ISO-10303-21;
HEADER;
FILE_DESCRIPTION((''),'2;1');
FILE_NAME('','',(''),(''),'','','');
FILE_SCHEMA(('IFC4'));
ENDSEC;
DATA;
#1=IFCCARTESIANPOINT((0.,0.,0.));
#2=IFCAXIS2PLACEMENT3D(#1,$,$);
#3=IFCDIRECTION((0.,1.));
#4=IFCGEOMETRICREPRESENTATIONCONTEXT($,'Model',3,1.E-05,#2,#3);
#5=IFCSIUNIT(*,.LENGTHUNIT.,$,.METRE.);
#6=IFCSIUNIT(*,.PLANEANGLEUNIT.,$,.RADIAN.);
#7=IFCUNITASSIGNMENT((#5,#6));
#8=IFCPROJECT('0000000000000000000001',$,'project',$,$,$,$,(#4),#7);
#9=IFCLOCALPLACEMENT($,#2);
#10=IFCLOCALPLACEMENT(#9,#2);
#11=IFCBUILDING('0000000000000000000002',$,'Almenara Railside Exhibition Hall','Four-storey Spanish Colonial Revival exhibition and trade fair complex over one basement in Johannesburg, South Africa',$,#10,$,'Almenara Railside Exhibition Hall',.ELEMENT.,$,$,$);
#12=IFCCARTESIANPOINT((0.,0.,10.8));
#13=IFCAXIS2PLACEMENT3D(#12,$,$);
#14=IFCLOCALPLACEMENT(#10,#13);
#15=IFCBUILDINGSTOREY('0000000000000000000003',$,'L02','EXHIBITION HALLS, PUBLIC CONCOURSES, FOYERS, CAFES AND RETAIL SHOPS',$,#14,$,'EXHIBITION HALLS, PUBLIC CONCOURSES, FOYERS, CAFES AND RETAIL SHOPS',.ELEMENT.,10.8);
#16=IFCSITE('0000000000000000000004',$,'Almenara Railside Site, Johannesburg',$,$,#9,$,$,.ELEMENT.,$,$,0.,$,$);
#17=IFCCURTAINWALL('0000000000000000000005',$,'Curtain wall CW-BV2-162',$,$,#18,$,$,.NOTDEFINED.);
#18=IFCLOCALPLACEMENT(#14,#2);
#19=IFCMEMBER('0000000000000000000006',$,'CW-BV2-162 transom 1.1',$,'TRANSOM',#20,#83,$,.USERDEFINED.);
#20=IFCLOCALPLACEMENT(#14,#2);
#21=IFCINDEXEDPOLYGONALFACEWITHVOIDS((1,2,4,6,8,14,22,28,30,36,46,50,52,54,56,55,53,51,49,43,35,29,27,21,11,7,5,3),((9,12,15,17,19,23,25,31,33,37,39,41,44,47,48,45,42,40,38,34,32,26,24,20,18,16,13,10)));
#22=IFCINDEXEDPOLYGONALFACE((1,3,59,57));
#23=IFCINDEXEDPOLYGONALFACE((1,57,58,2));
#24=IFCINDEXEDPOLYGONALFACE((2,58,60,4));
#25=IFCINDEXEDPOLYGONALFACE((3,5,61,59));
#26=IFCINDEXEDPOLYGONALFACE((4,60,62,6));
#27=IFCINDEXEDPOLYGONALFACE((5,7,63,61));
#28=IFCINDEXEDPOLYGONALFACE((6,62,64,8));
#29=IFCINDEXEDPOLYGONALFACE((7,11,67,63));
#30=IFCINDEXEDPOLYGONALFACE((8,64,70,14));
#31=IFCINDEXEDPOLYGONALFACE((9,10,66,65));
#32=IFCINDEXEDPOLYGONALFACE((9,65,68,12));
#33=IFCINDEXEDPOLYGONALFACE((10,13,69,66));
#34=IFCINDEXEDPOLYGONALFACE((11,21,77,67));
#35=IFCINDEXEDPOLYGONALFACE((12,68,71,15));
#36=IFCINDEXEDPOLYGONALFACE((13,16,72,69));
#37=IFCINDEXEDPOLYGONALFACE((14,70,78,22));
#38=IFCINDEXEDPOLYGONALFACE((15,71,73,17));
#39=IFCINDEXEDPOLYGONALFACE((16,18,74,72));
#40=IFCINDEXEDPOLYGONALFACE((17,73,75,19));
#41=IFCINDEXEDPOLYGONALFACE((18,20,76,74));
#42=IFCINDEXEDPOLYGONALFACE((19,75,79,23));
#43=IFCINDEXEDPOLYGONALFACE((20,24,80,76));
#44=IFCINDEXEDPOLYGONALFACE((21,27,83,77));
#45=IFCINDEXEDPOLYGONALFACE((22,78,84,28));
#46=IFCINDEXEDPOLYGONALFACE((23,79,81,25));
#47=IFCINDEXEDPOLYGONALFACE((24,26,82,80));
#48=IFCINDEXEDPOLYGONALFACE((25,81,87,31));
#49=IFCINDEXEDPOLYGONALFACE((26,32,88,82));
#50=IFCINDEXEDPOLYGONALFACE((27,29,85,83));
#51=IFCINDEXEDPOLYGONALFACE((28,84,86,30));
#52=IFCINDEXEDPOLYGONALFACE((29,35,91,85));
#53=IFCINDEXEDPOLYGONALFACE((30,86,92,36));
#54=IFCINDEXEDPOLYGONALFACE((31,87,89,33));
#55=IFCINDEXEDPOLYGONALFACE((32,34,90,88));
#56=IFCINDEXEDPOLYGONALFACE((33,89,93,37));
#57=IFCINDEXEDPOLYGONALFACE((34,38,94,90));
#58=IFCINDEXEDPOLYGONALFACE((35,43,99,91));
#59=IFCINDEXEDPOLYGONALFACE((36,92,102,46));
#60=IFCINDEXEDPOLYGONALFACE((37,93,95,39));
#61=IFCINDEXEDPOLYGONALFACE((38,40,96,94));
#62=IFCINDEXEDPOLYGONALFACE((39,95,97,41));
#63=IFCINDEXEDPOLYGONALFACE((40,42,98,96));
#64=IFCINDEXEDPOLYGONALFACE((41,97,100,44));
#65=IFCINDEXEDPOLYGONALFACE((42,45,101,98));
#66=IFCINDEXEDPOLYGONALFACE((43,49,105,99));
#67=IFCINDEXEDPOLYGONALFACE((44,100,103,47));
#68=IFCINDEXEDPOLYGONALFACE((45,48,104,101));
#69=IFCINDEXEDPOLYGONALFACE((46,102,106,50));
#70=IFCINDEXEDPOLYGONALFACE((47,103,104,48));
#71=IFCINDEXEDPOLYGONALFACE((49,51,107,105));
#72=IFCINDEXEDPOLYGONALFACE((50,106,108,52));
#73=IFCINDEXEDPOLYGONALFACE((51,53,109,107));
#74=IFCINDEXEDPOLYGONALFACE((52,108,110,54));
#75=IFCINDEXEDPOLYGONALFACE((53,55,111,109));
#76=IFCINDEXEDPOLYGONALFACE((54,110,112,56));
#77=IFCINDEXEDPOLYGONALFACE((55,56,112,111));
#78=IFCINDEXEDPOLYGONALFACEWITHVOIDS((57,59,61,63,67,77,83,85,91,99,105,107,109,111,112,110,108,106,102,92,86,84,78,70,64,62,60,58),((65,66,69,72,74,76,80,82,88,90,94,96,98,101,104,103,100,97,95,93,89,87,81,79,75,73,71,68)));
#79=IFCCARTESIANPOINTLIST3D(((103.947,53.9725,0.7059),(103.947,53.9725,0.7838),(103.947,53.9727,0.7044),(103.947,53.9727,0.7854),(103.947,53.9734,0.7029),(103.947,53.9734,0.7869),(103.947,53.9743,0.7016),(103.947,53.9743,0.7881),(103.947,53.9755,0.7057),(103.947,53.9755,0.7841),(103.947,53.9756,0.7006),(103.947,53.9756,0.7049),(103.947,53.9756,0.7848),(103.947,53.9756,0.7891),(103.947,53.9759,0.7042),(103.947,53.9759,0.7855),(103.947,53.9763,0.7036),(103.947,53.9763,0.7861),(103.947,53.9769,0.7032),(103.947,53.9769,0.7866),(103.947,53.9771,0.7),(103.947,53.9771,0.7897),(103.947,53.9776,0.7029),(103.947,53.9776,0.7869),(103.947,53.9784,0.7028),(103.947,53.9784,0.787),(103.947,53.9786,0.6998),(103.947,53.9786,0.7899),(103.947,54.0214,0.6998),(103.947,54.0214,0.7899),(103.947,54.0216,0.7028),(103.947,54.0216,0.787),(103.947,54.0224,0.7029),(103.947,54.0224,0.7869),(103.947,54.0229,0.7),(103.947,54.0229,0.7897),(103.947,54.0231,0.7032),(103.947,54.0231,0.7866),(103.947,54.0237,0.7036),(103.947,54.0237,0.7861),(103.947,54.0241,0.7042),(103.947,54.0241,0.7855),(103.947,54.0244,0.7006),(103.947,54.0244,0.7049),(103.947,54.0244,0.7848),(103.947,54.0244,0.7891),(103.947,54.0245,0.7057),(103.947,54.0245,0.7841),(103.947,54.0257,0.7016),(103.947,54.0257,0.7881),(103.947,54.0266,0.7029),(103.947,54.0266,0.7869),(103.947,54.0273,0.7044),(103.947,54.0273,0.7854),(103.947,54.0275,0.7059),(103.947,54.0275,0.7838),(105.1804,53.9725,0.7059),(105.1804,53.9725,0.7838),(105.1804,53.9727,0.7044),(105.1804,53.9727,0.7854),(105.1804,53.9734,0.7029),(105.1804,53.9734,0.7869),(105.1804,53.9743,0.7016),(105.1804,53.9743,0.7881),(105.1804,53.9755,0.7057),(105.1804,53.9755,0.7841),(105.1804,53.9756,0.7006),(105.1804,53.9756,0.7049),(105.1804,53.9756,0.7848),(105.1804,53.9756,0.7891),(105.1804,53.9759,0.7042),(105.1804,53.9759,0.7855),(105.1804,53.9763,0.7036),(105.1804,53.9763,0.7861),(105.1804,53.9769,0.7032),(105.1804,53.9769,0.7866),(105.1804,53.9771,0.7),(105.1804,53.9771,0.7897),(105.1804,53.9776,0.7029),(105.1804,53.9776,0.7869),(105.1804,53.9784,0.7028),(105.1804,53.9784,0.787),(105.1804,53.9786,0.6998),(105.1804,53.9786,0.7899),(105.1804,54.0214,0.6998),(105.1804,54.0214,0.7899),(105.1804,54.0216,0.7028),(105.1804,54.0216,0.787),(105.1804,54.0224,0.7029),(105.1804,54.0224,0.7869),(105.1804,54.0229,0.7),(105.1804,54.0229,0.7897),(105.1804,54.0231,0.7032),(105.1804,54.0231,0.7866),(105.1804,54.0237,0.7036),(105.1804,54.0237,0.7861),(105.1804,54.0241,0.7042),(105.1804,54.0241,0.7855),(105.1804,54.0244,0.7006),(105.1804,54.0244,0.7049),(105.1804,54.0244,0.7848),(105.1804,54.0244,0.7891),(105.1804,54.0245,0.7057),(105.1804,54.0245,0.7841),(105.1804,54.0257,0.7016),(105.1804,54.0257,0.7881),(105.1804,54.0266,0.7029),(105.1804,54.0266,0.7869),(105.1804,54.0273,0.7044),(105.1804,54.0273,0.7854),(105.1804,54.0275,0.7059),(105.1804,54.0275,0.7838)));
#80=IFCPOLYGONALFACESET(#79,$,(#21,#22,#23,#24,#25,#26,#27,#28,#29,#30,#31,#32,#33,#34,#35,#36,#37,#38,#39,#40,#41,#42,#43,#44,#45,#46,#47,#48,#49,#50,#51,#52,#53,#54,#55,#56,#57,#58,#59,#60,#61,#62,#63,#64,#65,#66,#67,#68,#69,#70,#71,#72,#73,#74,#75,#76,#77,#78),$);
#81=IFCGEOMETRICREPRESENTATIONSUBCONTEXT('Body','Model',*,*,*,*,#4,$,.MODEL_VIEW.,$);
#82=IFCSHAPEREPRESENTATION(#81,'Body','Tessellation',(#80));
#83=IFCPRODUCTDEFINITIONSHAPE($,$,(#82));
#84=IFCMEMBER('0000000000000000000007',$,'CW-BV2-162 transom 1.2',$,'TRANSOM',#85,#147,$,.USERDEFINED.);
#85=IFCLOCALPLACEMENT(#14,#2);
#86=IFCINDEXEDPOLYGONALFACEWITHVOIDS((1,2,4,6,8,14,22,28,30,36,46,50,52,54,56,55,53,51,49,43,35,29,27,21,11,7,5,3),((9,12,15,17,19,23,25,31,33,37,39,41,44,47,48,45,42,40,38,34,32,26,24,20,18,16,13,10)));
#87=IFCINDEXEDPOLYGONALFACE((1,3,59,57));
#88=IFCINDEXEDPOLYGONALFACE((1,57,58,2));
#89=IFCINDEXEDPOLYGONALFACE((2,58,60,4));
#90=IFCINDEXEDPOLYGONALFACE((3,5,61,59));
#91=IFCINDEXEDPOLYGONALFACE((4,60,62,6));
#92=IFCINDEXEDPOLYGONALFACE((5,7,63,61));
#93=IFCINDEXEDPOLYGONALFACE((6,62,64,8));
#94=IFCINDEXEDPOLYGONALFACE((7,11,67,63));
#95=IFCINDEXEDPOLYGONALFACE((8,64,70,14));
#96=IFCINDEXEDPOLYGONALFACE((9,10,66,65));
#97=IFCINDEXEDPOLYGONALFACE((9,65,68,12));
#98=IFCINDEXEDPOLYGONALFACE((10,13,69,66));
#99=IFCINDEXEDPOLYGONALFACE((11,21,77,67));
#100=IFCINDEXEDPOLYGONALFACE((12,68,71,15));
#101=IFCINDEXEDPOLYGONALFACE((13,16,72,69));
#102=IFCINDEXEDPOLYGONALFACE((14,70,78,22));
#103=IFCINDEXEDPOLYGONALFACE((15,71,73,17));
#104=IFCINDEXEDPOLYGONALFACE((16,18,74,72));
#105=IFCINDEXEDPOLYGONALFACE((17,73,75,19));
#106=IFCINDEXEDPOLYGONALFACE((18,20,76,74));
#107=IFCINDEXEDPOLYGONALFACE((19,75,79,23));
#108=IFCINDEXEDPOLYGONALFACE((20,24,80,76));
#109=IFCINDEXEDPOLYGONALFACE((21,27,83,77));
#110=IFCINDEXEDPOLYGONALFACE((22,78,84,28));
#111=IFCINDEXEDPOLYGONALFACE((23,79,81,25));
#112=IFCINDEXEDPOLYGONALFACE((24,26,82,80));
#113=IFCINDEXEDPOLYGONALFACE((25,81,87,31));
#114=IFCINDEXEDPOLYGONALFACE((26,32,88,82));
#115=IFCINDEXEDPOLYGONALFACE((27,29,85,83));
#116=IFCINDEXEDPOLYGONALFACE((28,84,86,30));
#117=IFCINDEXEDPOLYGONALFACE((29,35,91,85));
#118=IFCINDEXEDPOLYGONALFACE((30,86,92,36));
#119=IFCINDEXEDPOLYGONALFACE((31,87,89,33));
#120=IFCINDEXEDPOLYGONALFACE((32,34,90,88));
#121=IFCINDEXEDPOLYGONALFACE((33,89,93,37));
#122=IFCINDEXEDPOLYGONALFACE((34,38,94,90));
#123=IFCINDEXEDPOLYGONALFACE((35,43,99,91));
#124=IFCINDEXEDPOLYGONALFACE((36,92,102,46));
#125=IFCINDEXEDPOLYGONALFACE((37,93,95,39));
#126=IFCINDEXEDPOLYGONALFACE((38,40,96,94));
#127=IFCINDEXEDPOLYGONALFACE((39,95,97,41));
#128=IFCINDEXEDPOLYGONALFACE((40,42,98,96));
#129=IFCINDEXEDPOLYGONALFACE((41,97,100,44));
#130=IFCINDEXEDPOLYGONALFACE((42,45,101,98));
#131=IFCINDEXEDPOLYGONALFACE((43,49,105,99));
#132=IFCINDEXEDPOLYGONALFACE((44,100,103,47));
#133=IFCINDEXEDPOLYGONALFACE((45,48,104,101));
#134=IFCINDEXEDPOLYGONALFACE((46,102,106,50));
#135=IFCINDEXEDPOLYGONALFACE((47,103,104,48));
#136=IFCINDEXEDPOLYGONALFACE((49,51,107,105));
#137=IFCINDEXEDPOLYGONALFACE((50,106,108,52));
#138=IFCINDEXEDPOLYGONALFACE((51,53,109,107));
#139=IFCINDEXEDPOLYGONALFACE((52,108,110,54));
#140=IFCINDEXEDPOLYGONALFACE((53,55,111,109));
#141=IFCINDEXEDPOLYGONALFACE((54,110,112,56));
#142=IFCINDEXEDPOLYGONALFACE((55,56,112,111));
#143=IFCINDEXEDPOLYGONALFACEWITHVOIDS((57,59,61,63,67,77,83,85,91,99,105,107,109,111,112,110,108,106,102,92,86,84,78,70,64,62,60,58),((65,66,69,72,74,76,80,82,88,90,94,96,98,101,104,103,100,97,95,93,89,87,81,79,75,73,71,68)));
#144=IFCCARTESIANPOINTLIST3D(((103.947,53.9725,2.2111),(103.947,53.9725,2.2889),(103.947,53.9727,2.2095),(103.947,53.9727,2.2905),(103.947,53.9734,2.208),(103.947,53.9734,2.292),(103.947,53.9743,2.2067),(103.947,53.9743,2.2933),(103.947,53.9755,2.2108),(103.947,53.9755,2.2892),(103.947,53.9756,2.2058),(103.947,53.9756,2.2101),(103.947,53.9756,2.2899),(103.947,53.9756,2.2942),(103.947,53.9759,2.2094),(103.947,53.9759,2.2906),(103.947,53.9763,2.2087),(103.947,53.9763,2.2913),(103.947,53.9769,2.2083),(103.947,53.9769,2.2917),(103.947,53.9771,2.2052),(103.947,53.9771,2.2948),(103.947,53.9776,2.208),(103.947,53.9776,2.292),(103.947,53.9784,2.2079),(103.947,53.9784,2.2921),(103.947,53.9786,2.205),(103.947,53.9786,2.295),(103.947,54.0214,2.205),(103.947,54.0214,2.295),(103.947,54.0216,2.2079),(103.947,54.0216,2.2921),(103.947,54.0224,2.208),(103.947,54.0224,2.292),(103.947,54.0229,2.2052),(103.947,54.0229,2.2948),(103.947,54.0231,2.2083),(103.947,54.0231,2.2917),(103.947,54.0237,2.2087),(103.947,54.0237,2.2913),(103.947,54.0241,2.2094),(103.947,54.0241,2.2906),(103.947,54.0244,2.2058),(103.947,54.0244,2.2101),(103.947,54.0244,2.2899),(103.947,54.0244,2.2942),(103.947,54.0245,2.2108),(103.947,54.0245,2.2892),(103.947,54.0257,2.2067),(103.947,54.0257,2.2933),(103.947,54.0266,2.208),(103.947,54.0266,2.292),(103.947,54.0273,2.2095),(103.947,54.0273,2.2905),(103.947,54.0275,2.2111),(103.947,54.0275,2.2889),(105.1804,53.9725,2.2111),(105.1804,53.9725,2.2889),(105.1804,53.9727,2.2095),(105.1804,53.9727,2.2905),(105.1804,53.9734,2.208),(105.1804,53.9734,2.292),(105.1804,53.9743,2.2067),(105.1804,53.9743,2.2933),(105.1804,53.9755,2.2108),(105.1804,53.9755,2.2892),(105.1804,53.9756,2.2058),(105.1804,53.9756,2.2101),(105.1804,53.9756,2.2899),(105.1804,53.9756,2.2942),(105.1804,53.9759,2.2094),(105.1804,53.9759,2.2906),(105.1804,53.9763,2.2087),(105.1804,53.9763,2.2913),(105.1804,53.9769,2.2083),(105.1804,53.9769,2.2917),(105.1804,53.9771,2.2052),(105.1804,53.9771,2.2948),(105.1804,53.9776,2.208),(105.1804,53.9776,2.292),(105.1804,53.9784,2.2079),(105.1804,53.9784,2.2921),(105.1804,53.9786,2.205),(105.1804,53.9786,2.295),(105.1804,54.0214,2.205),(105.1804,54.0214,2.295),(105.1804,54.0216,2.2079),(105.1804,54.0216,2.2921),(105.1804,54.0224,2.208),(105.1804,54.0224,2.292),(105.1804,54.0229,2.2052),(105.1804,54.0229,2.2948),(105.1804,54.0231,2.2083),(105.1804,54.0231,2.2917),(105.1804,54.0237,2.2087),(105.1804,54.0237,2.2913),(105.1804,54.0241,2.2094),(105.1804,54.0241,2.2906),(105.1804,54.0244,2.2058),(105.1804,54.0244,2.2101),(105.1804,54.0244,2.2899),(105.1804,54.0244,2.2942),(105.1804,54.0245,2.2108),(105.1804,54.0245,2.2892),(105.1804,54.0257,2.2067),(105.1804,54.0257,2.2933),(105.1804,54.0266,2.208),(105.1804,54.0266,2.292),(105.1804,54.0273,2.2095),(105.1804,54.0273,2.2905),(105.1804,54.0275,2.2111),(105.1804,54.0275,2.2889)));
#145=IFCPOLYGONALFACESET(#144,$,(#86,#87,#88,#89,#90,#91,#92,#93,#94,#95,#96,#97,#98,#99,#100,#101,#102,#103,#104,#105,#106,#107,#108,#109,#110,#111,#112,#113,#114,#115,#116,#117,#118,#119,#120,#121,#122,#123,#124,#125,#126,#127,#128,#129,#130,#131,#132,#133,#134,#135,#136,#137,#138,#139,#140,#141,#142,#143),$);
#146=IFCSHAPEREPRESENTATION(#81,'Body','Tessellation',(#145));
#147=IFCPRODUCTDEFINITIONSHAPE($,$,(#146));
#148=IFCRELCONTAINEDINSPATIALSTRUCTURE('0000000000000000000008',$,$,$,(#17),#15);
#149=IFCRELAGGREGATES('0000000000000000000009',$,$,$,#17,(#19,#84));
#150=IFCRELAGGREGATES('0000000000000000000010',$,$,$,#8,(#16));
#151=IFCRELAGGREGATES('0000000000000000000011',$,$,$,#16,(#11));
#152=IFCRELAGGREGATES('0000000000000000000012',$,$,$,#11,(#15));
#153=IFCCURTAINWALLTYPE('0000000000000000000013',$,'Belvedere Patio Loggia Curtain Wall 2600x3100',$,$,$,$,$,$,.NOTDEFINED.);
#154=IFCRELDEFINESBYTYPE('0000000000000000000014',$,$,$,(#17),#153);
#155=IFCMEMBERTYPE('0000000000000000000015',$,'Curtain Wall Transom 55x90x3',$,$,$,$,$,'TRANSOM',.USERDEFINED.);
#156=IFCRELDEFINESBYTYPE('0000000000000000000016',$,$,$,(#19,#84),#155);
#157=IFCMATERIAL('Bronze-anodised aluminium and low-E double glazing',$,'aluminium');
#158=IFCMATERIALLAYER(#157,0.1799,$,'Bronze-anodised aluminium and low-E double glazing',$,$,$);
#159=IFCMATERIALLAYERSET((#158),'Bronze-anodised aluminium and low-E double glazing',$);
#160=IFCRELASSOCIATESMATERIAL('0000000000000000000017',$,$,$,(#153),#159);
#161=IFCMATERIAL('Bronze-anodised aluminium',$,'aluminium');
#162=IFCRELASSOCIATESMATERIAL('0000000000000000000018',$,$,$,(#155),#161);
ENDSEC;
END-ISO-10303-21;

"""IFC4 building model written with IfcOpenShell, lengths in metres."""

from ifc_helpers import new_model, si_unit, direction, frame, origin, origin_2d, place, context, subcontext, project, spatial, hollow_rectangle, extrude, material, layer, layer_set, material_profile, profile_set, type_object, element, aggregate, save


model = new_model("IFC4")

# Units and contexts
model_context = context("Model", 3, precision=1e-05, world=origin(), true_north=direction((0.0, 1.0)))
body_context = subcontext(model_context, "Body", "Model", "MODEL_VIEW")
ifc_project = project(units=[si_unit("LENGTHUNIT", "METRE"), si_unit("PLANEANGLEUNIT", "RADIAN")], contexts=[model_context])

# Site, building, storey
site_placement = place(None, origin())
site = spatial("IfcSite", under=ifc_project, at=site_placement, Name="Almenara Railside Site, Johannesburg", CompositionType="ELEMENT", RefElevation=0.0)
building_placement = place(site_placement, origin())
building = spatial("IfcBuilding", under=site, at=building_placement, Name="Almenara Railside Exhibition Hall", Description="Four-storey Spanish Colonial Revival exhibition and trade fair complex over one basement in Johannesburg, South Africa", LongName="Almenara Railside Exhibition Hall", CompositionType="ELEMENT")
storey_placement = place(building_placement, frame((0.0, 0.0, 10.8)))
storey = spatial("IfcBuildingStorey", under=building, at=storey_placement, Name="L02", Description="EXHIBITION HALLS, PUBLIC CONCOURSES, FOYERS, CAFES AND RETAIL SHOPS", LongName="EXHIBITION HALLS, PUBLIC CONCOURSES, FOYERS, CAFES AND RETAIL SHOPS", CompositionType="ELEMENT", Elevation=10.8)

# Curtain wall
ifc_material_1 = material(Name="Bronze-anodised aluminium and low-E double glazing", Category="aluminium")
ifc_layer_1 = layer(ifc_material_1, 0.1799, Name="Bronze-anodised aluminium and low-E double glazing")
ifc_layer_set_1 = layer_set([ifc_layer_1], Name="Bronze-anodised aluminium and low-E double glazing")
curtain_wall_type = type_object("IfcCurtainWallType", Name="Belvedere Patio Loggia Curtain Wall 2600x3100", PredefinedType="NOTDEFINED", material=ifc_layer_set_1)
curtain_wall_1_placement = place(storey_placement, origin())
curtain_wall_1 = element("IfcCurtainWall", 1, at=curtain_wall_1_placement, inside=storey, type_object=curtain_wall_type, Name="Curtain wall CW-BV2-162", PredefinedType="NOTDEFINED")
ifc_material_2 = material(Name="Bronze-anodised aluminium", Category="aluminium")

# Members
ifc_material_profile_1 = material_profile(ifc_material_2, hollow_rectangle(XDim=0.0549, YDim=0.0901, WallThickness=0.0029, InnerFilletRadius=0.0029, OuterFilletRadius=0.0061, at=origin_2d()), Name="ALU-TRN 55x90x3")
ifc_profile_set_1 = profile_set([ifc_material_profile_1], Name="Bronze-anodised aluminium")
member_type_1 = type_object("IfcMemberType", Name="Curtain Wall Transom 55x90x3", ElementType="TRANSOM", PredefinedType="USERDEFINED", material=ifc_profile_set_1)
member_1_placement = place(storey_placement, frame((103.947, 54.0, 0.7449), z_axis=(1.0, 0.0, 0.0), x_axis=(0.0, 1.0, 0.0)))
member_1 = element("IfcMember", 2, at=member_1_placement, type_object=member_type_1, Name="CW-BV2-162 transom 1.1", ObjectType="TRANSOM", PredefinedType="USERDEFINED", context=body_context, shape_type="SweptSolid", body=[
    extrude(hollow_rectangle(XDim=0.0549, YDim=0.0901, WallThickness=0.0029, InnerFilletRadius=0.0029, OuterFilletRadius=0.0061, at=origin_2d()), origin(), (0.0, 0.0, 1.0), 1.2334),
])
member_2_placement = place(storey_placement, frame((103.947, 54.0, 2.25), z_axis=(1.0, 0.0, 0.0), x_axis=(0.0, 1.0, 0.0)))
member_2 = element("IfcMember", 3, at=member_2_placement, type_object=member_type_1, Name="CW-BV2-162 transom 1.2", ObjectType="TRANSOM", PredefinedType="USERDEFINED", context=body_context, shape_type="SweptSolid", body=[
    extrude(hollow_rectangle(XDim=0.0549, YDim=0.0901, WallThickness=0.0029, InnerFilletRadius=0.0029, OuterFilletRadius=0.0061, at=origin_2d()), origin(), (0.0, 0.0, 1.0), 1.2334),
])

aggregate(curtain_wall_1, [member_1, member_2])

save(model, "model.ifc")
